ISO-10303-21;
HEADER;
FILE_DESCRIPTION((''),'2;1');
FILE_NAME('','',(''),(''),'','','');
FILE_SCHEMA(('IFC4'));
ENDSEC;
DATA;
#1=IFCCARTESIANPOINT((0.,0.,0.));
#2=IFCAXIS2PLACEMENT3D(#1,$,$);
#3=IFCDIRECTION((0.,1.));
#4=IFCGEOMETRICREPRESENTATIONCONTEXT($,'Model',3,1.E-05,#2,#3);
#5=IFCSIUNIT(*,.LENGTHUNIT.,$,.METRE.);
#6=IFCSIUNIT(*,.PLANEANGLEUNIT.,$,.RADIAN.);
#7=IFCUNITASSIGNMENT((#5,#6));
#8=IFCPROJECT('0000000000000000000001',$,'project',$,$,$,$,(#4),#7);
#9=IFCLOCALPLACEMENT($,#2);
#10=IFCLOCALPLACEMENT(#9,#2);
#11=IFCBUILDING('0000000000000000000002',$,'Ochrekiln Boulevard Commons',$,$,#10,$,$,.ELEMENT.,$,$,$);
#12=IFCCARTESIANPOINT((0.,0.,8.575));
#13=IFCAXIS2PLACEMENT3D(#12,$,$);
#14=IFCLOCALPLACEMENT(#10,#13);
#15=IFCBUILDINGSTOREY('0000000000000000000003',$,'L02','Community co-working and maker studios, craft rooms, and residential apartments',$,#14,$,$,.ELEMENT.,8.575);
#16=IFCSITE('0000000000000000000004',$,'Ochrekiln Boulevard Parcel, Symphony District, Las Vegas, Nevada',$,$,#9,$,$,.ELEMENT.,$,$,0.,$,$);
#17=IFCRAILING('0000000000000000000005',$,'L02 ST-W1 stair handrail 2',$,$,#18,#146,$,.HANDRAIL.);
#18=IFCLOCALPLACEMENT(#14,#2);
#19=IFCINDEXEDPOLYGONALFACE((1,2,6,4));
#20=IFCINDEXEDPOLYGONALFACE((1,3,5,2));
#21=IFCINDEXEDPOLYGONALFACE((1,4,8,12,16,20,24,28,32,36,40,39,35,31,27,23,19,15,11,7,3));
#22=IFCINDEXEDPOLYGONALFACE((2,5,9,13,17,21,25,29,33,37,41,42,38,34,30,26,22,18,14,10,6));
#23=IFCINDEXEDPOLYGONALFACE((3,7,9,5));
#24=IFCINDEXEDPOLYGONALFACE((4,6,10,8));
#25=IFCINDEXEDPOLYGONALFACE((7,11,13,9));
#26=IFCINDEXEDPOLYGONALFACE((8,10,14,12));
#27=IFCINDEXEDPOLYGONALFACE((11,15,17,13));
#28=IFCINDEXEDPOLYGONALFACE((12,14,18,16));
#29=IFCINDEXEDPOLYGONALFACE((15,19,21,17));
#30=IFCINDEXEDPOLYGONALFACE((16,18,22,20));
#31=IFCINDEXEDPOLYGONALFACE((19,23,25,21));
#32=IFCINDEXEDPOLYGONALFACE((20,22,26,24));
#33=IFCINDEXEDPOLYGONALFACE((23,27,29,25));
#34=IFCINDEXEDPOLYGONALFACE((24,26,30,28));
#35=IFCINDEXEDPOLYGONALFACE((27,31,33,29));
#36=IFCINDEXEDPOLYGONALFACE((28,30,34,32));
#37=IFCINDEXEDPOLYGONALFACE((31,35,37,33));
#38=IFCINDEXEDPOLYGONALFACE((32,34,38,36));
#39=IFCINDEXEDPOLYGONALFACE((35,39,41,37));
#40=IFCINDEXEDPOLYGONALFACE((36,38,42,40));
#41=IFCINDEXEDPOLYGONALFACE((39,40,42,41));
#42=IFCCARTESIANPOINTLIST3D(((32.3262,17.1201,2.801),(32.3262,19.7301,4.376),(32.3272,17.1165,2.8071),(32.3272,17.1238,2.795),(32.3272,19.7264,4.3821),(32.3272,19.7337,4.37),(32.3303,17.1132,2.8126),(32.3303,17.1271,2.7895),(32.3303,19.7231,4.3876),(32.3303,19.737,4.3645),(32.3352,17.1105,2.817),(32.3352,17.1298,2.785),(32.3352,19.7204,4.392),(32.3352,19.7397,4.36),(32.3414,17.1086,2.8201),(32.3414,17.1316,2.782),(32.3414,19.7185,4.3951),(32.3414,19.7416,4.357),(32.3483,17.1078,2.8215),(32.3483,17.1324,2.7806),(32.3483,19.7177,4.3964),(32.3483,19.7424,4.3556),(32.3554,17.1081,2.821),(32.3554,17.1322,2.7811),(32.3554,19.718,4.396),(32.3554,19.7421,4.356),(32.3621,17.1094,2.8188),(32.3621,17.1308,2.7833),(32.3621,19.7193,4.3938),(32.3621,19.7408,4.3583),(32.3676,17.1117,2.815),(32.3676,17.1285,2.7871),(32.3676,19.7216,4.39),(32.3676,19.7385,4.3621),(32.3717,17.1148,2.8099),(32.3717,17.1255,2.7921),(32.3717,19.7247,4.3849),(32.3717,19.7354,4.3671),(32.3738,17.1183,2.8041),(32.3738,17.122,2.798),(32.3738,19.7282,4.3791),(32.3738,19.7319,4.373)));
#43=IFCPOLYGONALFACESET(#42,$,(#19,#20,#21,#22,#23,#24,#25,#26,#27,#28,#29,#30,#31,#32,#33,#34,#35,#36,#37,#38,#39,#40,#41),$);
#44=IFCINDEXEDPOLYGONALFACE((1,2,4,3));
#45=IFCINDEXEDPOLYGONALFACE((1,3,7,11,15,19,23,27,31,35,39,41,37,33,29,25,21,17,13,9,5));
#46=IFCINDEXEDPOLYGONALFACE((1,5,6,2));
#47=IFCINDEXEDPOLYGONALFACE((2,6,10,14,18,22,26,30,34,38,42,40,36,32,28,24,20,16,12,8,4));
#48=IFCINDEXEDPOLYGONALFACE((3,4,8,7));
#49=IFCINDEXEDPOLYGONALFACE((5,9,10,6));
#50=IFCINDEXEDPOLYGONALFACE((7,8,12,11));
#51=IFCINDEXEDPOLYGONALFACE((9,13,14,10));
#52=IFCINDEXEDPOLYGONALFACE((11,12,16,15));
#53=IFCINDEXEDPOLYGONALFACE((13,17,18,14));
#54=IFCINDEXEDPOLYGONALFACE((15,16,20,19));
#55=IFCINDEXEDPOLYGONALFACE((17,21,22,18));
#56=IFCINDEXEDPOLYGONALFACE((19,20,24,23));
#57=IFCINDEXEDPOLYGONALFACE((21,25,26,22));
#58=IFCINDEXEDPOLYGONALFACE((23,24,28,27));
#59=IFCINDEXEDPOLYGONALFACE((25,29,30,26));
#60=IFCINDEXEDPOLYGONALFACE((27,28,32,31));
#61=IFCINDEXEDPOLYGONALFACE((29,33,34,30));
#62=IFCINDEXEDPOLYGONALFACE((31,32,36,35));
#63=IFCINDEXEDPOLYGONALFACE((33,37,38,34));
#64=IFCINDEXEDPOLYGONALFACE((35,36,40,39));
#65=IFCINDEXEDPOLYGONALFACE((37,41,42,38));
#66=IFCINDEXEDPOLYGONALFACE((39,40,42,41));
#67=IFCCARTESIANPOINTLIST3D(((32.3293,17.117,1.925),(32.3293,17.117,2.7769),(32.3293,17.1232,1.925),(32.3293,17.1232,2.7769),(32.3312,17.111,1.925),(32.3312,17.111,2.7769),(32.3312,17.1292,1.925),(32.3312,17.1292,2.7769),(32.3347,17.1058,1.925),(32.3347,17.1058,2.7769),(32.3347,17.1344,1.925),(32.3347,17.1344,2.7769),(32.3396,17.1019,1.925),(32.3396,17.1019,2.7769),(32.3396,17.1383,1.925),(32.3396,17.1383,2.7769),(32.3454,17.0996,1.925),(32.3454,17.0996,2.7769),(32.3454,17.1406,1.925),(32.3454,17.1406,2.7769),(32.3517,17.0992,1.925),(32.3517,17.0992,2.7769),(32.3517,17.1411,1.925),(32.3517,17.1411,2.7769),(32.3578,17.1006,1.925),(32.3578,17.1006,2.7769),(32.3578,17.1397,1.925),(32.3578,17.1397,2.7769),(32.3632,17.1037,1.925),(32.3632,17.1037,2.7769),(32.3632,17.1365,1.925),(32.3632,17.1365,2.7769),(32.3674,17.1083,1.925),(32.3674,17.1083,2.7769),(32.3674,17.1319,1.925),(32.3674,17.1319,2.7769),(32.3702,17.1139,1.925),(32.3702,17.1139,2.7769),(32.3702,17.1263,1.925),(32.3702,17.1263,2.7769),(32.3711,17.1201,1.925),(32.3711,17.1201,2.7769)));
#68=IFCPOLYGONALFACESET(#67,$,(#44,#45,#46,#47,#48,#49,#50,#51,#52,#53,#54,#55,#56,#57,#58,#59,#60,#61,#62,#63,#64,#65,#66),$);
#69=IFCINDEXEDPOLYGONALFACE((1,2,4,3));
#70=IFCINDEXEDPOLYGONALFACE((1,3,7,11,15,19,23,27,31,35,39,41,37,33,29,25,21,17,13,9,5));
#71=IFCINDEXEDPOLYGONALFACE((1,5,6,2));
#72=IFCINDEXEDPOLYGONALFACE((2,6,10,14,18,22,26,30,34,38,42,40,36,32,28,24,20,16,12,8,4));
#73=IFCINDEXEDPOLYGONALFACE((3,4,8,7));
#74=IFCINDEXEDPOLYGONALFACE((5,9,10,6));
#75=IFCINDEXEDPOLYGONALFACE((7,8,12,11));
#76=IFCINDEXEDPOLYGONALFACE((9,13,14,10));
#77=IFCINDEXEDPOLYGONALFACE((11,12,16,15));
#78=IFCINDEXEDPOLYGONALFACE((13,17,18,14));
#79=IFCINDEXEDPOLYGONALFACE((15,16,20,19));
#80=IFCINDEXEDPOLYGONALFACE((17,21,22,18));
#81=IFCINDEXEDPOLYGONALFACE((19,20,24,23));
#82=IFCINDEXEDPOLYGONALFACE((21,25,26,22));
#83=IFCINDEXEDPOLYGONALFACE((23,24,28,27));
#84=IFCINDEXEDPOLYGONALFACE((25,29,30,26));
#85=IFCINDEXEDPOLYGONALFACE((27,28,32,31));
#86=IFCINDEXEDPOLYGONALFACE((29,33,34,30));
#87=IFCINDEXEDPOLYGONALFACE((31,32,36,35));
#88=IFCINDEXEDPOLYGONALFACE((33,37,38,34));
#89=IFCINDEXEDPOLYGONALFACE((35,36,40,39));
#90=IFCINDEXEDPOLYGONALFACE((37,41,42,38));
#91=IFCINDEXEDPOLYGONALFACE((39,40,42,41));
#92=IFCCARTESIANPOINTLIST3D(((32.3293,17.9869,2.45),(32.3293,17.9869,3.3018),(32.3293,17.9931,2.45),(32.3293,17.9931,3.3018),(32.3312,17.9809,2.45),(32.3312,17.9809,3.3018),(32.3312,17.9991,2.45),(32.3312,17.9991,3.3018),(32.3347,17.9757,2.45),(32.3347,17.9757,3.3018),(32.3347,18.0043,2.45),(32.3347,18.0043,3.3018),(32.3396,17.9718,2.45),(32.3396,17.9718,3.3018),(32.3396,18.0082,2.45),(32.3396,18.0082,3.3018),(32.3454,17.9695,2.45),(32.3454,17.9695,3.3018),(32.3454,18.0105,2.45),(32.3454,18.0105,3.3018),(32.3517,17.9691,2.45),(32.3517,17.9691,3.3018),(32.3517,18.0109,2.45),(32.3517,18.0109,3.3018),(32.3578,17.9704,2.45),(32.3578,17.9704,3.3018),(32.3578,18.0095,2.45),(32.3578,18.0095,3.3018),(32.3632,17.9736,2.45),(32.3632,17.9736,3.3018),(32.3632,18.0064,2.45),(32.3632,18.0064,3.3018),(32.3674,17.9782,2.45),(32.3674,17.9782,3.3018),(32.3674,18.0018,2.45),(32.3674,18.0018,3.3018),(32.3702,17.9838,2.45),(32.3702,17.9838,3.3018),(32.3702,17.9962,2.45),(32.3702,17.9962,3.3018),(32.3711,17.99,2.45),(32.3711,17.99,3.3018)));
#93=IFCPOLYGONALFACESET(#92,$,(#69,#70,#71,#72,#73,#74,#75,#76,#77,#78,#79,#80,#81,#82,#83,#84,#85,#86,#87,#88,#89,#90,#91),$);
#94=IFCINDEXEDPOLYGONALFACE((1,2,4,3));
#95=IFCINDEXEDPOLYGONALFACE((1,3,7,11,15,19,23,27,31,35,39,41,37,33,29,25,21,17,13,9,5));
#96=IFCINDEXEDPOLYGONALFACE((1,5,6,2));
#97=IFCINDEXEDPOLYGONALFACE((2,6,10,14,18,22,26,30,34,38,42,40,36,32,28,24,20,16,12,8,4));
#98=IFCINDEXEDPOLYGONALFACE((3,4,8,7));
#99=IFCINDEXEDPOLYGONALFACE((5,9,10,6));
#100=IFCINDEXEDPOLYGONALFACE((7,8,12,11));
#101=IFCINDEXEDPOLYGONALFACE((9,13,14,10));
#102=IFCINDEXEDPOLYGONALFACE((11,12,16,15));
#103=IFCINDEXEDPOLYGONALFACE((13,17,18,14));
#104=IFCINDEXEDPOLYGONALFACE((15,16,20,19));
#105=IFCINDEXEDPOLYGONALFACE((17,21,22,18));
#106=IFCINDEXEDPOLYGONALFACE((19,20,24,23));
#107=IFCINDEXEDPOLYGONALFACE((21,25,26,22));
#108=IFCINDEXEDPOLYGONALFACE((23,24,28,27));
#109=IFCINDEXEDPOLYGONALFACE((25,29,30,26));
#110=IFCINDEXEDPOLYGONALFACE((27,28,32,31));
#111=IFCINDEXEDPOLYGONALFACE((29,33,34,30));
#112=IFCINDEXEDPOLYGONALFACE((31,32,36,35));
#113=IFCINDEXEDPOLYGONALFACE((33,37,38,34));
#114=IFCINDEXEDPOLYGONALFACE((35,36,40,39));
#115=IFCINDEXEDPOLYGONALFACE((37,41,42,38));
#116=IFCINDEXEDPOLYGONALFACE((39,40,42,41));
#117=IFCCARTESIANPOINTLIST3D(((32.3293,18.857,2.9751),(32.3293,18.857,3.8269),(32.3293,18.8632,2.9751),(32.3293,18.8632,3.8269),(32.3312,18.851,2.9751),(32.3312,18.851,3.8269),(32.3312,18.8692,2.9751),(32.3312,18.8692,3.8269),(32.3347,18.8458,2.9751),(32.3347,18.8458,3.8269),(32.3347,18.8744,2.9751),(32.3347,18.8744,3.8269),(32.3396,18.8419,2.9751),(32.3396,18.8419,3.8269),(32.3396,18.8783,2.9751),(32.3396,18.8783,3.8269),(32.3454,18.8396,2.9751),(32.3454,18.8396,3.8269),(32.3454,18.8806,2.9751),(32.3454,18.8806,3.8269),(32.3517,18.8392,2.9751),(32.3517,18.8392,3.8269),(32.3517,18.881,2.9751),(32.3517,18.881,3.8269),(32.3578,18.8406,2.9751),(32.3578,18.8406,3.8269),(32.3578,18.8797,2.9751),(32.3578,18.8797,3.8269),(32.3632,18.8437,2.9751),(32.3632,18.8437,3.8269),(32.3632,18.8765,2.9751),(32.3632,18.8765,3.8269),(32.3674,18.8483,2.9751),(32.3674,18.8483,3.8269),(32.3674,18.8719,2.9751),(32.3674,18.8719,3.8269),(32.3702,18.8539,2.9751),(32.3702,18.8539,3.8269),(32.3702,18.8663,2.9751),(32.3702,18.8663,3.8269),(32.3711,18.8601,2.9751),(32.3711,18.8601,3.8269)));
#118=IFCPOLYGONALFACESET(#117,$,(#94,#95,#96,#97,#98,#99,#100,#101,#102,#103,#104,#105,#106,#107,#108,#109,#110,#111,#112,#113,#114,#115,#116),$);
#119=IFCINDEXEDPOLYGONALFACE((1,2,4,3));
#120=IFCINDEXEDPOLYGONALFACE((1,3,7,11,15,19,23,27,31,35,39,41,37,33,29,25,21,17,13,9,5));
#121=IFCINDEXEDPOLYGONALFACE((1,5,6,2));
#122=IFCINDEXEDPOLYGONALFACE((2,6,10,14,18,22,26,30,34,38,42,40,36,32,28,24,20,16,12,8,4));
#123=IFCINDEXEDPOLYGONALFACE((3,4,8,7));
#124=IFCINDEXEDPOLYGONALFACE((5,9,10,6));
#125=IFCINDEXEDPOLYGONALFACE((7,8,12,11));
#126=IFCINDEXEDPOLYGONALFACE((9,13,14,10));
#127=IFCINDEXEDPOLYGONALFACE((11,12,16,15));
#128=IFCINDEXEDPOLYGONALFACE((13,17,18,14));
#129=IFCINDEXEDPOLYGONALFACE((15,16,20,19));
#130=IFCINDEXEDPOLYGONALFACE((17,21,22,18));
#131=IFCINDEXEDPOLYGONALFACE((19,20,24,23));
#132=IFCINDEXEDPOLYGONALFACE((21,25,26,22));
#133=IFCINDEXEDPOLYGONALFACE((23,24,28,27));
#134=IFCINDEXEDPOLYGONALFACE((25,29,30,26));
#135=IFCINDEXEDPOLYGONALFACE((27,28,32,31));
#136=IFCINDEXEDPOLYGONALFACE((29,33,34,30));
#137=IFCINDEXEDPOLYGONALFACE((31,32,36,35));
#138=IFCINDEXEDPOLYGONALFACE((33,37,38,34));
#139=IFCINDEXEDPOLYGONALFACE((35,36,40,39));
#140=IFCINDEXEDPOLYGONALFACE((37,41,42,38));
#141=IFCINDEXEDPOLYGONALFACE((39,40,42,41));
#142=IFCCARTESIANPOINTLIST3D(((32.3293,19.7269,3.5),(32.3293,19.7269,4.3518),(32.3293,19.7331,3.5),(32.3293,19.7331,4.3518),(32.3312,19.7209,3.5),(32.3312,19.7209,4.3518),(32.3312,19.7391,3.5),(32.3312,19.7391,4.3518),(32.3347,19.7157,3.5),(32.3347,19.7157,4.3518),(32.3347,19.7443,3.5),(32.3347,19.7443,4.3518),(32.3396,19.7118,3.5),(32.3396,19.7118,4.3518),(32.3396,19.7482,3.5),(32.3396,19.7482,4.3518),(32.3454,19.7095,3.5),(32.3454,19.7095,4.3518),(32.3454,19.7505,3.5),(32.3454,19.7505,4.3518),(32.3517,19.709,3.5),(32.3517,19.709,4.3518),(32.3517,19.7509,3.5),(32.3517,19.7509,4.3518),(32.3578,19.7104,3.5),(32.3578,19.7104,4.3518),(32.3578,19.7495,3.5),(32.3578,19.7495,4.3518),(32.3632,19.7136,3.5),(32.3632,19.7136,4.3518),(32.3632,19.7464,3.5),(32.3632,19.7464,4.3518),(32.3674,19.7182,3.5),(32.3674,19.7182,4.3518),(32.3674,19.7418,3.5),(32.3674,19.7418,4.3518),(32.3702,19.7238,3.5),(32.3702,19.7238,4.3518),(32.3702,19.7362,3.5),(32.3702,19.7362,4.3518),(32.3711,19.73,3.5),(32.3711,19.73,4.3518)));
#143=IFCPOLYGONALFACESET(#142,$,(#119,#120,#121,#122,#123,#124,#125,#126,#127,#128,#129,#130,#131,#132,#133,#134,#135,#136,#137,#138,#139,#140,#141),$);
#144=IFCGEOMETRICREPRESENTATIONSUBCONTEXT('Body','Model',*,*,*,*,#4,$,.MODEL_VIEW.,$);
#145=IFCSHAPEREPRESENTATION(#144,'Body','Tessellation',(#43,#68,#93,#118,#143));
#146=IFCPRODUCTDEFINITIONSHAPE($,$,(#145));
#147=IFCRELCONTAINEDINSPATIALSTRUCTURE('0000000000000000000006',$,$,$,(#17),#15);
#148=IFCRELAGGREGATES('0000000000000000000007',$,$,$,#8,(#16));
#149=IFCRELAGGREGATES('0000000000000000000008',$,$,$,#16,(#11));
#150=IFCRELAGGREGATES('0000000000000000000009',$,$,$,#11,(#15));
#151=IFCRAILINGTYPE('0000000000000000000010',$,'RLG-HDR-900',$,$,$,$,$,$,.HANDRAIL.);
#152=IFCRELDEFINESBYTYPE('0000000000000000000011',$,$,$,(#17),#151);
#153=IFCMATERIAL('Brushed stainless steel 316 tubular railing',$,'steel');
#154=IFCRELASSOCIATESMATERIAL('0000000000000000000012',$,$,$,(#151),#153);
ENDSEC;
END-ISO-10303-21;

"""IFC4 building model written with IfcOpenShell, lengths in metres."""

from ifc_helpers import new_model, si_unit, direction, frame, origin, origin_2d, place, context, subcontext, project, spatial, circle, extrude, material, type_object, element, save


model = new_model("IFC4")

# Units and contexts
model_context = context("Model", 3, precision=1e-05, world=origin(), true_north=direction((0.0, 1.0)))
body_context = subcontext(model_context, "Body", "Model", "MODEL_VIEW")
ifc_project = project(units=[si_unit("LENGTHUNIT", "METRE"), si_unit("PLANEANGLEUNIT", "RADIAN")], contexts=[model_context])

# Site, building, storey
site_placement = place(None, origin())
site = spatial("IfcSite", under=ifc_project, at=site_placement, Name="Ochrekiln Boulevard Parcel, Symphony District, Las Vegas, Nevada", CompositionType="ELEMENT", RefElevation=0.0)
building_placement = place(site_placement, origin())
building = spatial("IfcBuilding", under=site, at=building_placement, Name="Ochrekiln Boulevard Commons", CompositionType="ELEMENT")
storey_placement = place(building_placement, frame((0.0, 0.0, 8.575)))
storey = spatial("IfcBuildingStorey", under=building, at=storey_placement, Name="L02", Description="Community co-working and maker studios, craft rooms, and residential apartments", CompositionType="ELEMENT", Elevation=8.575)

# Railing
ifc_material_1 = material(Name="Brushed stainless steel 316 tubular railing", Category="steel")
railing_type_1 = type_object("IfcRailingType", Name="RLG-HDR-900", PredefinedType="HANDRAIL", material=ifc_material_1)
railing_1_placement = place(storey_placement, frame((32.3501, 17.1201, 1.925)))
element("IfcRailing", 1, at=railing_1_placement, inside=storey, type_object=railing_type_1, Name="L02 ST-W1 stair handrail 2", PredefinedType="HANDRAIL", context=body_context, shape_type="SweptSolid", body=[
    extrude(circle(Radius=0.0239, at=origin_2d()), frame((0.0, 0.0, 0.876), z_axis=(0.0, 0.856183, 0.516673), x_axis=(-1.0, 0.0, 0.0)), (0.0, 0.0, 1.0), 3.0483),
    extrude(circle(Radius=0.021, at=origin_2d()), origin(), (0.0, 0.0, 1.0), 0.8518),
    extrude(circle(Radius=0.021, at=origin_2d()), frame((0.0, 0.8699, 0.5249)), (0.0, 0.0, 1.0), 0.8518),
    extrude(circle(Radius=0.021, at=origin_2d()), frame((0.0, 1.74, 1.05)), (0.0, 0.0, 1.0), 0.8518),
    extrude(circle(Radius=0.021, at=origin_2d()), frame((0.0, 2.6099, 1.575)), (0.0, 0.0, 1.0), 0.8518),
])

save(model, "model.ifc")
